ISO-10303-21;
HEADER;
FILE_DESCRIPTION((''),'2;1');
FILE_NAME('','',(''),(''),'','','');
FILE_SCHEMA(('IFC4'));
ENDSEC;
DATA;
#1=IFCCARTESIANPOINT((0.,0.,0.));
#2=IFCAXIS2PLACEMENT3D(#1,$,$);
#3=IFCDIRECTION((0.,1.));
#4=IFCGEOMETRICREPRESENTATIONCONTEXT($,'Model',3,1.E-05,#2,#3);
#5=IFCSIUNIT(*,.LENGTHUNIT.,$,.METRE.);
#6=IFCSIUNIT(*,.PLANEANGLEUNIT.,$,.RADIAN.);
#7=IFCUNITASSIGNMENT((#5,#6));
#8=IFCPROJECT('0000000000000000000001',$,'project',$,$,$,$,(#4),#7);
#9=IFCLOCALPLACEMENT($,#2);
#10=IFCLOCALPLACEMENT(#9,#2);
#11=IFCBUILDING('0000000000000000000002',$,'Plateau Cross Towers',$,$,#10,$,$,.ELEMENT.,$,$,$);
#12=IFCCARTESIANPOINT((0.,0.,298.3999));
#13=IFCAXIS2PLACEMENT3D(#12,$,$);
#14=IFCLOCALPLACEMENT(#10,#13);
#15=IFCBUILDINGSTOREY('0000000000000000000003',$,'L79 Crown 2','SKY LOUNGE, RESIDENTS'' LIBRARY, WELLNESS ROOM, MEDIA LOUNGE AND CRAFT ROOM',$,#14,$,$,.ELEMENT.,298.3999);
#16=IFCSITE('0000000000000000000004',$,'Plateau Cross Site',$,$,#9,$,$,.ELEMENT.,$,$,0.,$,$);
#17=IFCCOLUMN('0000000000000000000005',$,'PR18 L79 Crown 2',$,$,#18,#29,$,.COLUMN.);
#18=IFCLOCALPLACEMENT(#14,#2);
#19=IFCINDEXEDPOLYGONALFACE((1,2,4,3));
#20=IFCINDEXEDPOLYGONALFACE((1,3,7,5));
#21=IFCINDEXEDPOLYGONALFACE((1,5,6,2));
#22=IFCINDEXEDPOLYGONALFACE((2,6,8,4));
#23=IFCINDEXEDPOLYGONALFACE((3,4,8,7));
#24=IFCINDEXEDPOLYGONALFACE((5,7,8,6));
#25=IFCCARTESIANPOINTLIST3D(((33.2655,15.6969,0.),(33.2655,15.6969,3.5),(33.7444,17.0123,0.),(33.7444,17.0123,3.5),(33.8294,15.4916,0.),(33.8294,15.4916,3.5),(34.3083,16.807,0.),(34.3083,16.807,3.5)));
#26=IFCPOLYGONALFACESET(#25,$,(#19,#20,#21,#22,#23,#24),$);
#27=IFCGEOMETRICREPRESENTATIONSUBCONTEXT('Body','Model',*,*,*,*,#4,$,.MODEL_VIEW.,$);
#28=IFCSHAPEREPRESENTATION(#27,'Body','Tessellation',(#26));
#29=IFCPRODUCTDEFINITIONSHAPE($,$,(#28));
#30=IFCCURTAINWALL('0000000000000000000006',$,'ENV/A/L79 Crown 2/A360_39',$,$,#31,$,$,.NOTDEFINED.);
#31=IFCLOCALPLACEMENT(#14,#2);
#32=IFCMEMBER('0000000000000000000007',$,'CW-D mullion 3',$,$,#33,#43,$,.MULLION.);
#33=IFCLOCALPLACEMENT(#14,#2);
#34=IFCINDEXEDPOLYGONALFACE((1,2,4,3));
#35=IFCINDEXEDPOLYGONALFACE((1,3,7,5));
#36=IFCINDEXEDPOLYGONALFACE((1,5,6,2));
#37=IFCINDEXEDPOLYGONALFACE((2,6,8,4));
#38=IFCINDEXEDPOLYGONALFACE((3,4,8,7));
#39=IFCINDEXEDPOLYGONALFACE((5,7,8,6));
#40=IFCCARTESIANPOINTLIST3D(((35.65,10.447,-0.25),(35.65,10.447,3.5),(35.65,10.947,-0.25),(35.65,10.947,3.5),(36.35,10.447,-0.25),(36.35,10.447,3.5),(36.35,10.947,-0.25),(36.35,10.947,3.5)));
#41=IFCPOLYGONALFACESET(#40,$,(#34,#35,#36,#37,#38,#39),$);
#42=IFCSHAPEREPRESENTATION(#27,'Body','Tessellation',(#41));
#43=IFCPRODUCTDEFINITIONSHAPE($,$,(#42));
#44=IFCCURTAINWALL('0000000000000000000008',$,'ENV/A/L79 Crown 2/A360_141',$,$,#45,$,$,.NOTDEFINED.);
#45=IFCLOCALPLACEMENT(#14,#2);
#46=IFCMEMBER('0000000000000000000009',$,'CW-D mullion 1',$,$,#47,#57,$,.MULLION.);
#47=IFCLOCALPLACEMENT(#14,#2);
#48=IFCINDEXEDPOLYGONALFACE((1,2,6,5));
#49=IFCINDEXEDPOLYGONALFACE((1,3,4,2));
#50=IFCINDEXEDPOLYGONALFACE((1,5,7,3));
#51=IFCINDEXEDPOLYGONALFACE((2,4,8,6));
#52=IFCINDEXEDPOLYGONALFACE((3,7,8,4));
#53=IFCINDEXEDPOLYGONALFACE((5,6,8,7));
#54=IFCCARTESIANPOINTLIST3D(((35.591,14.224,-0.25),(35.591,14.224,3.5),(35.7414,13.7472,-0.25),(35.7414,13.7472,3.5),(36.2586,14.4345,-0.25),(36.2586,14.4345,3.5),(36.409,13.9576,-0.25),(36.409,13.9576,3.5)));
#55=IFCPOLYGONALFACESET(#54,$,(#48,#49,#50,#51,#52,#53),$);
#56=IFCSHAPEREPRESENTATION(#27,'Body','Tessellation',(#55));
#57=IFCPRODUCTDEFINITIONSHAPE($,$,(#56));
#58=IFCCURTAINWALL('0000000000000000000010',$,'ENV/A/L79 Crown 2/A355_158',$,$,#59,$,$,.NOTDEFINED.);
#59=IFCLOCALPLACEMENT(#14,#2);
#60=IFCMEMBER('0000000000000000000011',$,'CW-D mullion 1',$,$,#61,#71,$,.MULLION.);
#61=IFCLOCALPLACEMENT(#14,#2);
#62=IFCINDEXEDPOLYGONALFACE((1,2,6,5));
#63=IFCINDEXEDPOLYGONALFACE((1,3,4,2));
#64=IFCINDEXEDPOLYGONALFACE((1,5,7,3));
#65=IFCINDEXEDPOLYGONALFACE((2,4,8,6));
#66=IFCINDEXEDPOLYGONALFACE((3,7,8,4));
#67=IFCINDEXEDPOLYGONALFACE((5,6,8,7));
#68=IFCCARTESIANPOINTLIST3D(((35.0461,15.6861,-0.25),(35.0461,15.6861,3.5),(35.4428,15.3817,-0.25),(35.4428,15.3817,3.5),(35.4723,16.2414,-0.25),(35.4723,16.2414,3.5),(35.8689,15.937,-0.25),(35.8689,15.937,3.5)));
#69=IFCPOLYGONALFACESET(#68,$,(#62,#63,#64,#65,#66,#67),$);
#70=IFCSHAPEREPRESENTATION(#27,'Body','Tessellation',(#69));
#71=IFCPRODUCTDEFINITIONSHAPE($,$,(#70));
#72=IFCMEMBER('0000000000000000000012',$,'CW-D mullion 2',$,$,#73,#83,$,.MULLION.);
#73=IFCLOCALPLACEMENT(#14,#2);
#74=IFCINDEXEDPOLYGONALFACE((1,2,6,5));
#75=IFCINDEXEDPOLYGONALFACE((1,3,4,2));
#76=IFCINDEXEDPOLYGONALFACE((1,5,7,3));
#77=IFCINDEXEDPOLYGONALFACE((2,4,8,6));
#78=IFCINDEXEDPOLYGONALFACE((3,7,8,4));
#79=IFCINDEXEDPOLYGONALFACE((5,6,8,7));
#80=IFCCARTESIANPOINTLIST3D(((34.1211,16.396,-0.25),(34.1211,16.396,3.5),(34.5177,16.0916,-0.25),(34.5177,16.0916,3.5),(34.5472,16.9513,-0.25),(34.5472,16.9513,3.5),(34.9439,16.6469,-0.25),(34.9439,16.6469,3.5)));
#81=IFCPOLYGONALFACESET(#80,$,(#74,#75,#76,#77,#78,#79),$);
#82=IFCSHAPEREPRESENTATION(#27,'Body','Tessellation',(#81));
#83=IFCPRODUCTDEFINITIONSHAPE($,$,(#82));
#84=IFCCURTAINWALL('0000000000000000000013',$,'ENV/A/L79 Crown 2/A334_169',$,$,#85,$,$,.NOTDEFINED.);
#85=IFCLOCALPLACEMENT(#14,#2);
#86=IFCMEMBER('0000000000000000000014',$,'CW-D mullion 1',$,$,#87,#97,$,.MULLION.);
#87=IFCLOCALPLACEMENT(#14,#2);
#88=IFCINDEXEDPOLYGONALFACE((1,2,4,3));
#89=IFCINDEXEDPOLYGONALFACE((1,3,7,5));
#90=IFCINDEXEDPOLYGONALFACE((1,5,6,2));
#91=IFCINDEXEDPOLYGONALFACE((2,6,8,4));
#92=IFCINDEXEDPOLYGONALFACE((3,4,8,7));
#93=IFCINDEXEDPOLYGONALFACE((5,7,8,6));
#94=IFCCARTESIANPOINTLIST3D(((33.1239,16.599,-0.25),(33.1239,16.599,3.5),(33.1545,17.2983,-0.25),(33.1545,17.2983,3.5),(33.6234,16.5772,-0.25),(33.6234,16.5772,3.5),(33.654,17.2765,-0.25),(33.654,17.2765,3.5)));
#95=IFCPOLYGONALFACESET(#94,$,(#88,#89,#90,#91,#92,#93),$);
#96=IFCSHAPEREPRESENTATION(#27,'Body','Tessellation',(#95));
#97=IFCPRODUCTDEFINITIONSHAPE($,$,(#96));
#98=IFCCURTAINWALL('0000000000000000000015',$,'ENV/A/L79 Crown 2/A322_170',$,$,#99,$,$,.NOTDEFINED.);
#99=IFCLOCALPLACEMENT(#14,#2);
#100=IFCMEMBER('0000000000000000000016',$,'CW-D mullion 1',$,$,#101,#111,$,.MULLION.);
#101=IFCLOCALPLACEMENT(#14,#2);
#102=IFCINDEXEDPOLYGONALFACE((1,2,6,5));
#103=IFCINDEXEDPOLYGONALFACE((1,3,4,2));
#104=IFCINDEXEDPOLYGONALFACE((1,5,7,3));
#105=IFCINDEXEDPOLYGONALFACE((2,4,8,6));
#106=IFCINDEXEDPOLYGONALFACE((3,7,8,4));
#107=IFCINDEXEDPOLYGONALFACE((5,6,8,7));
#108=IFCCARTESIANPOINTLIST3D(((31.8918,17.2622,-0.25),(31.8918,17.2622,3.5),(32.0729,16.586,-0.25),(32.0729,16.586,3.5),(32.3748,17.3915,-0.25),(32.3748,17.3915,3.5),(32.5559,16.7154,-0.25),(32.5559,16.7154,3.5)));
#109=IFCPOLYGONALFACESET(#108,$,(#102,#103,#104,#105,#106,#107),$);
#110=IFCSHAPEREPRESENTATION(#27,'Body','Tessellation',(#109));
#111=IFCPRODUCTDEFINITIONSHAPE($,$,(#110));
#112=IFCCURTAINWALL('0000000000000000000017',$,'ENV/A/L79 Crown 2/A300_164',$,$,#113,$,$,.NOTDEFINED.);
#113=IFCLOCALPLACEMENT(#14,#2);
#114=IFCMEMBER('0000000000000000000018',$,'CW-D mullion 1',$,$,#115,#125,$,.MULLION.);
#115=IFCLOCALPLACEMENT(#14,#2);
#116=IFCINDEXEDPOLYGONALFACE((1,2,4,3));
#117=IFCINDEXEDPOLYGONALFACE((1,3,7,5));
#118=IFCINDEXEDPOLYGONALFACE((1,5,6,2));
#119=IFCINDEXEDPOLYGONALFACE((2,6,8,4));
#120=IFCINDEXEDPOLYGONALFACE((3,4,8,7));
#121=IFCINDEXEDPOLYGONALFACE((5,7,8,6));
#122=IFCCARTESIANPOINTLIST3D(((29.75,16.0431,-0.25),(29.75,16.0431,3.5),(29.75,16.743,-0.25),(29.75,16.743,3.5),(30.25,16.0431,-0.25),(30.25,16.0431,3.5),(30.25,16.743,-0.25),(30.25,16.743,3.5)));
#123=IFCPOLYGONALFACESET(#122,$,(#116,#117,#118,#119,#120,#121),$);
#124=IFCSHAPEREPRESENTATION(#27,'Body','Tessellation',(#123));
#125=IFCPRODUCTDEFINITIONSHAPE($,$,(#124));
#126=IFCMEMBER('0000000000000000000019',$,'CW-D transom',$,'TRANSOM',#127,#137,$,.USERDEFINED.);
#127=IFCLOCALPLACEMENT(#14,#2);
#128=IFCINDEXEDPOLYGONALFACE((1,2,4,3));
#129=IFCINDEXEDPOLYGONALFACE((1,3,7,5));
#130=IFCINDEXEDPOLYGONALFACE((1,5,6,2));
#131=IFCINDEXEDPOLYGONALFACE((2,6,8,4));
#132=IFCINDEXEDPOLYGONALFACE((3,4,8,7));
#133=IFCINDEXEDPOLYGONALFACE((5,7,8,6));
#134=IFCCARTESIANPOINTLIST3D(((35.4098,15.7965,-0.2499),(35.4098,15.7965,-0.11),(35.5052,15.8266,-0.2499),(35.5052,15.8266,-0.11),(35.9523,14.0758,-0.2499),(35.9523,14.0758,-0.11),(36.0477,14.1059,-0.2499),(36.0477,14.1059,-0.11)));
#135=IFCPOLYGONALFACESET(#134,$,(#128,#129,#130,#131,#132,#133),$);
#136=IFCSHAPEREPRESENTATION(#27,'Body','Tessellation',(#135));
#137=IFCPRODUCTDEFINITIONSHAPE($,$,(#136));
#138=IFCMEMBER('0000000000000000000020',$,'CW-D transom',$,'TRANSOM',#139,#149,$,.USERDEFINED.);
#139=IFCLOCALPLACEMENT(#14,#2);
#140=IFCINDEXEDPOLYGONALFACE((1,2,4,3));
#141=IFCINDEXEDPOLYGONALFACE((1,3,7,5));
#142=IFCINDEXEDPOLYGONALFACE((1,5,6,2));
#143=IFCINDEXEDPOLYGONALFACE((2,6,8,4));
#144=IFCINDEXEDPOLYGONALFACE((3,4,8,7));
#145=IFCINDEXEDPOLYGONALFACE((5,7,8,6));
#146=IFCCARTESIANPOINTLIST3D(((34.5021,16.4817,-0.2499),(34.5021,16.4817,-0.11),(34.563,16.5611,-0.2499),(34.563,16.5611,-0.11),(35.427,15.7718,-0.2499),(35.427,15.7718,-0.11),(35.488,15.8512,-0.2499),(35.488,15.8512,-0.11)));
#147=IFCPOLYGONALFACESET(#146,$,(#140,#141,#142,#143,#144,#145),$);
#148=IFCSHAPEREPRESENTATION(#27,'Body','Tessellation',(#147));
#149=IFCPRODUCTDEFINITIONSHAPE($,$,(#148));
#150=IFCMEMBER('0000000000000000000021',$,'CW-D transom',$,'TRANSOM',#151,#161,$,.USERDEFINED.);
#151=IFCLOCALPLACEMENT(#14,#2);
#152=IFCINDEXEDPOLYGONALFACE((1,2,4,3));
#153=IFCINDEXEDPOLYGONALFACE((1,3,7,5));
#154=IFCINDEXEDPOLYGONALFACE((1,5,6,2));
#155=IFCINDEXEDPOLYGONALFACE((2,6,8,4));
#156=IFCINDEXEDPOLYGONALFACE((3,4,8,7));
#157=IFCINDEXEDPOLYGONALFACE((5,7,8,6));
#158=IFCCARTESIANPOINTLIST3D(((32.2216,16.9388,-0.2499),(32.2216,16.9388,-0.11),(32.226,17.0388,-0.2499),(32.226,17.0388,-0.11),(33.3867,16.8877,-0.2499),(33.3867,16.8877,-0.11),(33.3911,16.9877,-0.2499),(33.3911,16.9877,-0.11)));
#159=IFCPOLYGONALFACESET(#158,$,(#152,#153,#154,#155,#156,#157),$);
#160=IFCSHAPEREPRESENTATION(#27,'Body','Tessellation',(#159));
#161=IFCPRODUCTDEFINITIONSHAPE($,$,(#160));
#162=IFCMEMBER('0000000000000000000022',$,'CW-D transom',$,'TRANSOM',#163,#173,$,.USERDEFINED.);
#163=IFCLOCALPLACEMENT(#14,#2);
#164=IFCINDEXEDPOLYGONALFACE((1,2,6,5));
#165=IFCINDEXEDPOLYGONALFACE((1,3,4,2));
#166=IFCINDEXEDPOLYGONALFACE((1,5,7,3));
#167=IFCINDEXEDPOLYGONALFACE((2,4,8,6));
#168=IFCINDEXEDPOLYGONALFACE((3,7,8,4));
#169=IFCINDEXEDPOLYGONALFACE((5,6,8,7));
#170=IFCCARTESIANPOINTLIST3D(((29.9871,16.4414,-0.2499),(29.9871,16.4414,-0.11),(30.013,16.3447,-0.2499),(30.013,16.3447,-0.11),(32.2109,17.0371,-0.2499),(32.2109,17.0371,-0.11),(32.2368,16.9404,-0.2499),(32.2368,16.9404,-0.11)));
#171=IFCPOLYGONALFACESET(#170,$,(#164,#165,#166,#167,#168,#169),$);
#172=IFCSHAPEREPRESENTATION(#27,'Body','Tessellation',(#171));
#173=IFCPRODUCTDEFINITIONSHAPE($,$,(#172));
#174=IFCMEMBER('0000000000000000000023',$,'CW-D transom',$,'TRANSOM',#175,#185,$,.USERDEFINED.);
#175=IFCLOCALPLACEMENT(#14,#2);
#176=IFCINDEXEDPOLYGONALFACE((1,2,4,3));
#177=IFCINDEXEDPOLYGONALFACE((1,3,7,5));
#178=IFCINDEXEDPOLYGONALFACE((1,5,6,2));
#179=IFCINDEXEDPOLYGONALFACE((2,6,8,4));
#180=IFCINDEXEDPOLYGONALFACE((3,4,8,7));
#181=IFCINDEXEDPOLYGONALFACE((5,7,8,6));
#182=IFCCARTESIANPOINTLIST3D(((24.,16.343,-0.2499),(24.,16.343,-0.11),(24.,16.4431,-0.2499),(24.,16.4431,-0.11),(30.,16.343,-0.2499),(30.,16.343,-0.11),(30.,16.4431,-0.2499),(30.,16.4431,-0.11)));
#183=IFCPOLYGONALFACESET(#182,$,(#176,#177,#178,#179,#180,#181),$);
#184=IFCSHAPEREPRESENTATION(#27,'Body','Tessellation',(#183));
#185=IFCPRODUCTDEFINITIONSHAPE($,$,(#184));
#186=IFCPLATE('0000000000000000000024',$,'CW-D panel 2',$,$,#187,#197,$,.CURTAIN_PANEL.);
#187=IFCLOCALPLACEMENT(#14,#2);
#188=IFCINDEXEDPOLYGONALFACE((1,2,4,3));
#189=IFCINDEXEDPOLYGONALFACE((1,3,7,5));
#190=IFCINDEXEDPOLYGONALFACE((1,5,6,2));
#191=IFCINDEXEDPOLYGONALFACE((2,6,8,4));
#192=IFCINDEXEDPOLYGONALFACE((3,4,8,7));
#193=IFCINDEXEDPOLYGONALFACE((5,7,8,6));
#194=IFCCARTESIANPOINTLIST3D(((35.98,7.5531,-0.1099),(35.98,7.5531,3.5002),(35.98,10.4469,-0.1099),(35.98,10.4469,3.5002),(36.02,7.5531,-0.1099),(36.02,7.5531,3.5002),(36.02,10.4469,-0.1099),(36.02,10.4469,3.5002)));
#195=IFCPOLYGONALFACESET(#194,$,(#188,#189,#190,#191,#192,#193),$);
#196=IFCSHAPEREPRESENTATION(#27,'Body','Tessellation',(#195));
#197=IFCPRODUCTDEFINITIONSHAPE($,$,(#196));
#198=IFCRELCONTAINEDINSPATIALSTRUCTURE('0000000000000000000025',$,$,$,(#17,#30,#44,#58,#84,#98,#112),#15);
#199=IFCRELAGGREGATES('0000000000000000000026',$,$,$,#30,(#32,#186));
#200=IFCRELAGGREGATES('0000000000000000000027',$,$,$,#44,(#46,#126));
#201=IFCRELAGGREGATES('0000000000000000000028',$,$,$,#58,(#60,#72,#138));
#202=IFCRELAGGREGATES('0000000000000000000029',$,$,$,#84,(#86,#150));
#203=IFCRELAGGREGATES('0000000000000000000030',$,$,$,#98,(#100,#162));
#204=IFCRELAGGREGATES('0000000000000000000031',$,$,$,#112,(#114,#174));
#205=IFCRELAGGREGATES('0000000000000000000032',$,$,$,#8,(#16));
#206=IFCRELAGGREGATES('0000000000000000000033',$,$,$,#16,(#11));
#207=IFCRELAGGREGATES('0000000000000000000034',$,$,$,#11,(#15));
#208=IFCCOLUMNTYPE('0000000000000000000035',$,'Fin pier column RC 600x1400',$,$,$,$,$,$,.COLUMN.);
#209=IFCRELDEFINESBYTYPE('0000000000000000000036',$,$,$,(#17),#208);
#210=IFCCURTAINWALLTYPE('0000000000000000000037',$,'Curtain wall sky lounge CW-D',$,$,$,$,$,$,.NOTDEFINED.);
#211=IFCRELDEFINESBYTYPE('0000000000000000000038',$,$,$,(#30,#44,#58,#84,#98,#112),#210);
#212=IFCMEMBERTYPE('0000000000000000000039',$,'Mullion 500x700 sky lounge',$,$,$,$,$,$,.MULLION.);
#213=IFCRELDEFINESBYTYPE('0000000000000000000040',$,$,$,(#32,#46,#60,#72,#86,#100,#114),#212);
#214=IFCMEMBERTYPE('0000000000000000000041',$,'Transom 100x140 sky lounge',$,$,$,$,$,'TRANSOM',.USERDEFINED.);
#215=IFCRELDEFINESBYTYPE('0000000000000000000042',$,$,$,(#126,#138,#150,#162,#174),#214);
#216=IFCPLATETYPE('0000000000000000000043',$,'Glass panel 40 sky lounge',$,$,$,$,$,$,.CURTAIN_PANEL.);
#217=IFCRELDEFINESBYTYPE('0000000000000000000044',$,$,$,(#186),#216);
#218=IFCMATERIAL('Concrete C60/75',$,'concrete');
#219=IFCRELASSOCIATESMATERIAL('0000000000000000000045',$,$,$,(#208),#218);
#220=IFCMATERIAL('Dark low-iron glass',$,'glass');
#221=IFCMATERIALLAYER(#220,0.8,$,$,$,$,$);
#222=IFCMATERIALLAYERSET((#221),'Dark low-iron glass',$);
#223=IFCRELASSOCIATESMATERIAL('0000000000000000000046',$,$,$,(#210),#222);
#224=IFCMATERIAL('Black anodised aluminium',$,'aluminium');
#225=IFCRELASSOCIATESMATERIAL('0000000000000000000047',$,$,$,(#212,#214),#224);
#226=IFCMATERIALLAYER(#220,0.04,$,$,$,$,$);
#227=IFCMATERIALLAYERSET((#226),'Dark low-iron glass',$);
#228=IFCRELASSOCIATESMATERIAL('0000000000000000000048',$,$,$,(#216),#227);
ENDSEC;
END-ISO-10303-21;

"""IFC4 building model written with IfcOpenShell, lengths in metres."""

from ifc_helpers import new_model, si_unit, direction, frame, origin, origin_2d, place, context, subcontext, project, spatial, rectangle, extrude, material, layer, layer_set, material_profile, profile_set, type_object, element, aggregate, save


model = new_model("IFC4")

# Units and contexts
model_context = context("Model", 3, precision=1e-05, world=origin(), true_north=direction((0.0, 1.0)))
body_context = subcontext(model_context, "Body", "Model", "MODEL_VIEW")
ifc_project = project(units=[si_unit("LENGTHUNIT", "METRE"), si_unit("PLANEANGLEUNIT", "RADIAN")], contexts=[model_context])

# Site, building, storey
site_placement = place(None, origin())
site = spatial("IfcSite", under=ifc_project, at=site_placement, Name="Plateau Cross Site", CompositionType="ELEMENT", RefElevation=0.0)
building_placement = place(site_placement, origin())
building = spatial("IfcBuilding", under=site, at=building_placement, Name="Plateau Cross Towers", CompositionType="ELEMENT")
storey_placement = place(building_placement, frame((0.0, 0.0, 298.3999)))
storey = spatial("IfcBuildingStorey", under=building, at=storey_placement, Name="L79 Crown 2", Description="SKY LOUNGE, RESIDENTS' LIBRARY, WELLNESS ROOM, MEDIA LOUNGE AND CRAFT ROOM", CompositionType="ELEMENT", Elevation=298.3999)

# Column
ifc_material_1 = material(Name="Concrete C60/75", Category="concrete")
ifc_material_profile_1 = material_profile(ifc_material_1, rectangle(XDim=0.6001, YDim=1.3999, at=origin_2d()), Name="RC 600x1400")
ifc_profile_set_1 = profile_set([ifc_material_profile_1], Name="Concrete C60/75")
column_type = type_object("IfcColumnType", Name="Fin pier column RC 600x1400", PredefinedType="COLUMN", material=ifc_profile_set_1)
column_placement = place(storey_placement, frame((33.7869, 16.252, 0.0), z_axis=(0.0, 0.0, 1.0), x_axis=(-0.939664, 0.342098, 0.0)))
element("IfcColumn", 1, at=column_placement, inside=storey, type_object=column_type, Name="PR18 L79 Crown 2", PredefinedType="COLUMN", context=body_context, shape_type="SweptSolid", body=[
    extrude(rectangle(XDim=0.6001, YDim=1.3999, at=origin_2d()), origin(), (0.0, 0.0, 1.0), 3.5),
])

# Curtain walls, members
ifc_material_2 = material(Name="Dark low-iron glass", Category="glass")
ifc_layer_1 = layer(ifc_material_2, 0.8)
ifc_layer_set_1 = layer_set([ifc_layer_1], Name="Dark low-iron glass")
curtain_wall_type = type_object("IfcCurtainWallType", Name="Curtain wall sky lounge CW-D", PredefinedType="NOTDEFINED", material=ifc_layer_set_1)
curtain_wall_1_placement = place(storey_placement, origin())
curtain_wall_1 = element("IfcCurtainWall", 2, at=curtain_wall_1_placement, inside=storey, type_object=curtain_wall_type, Name="ENV/A/L79 Crown 2/A360_39", PredefinedType="NOTDEFINED")
ifc_material_3 = material(Name="Black anodised aluminium", Category="aluminium")
ifc_material_profile_2 = material_profile(ifc_material_3, rectangle(XDim=0.5, YDim=0.7, at=origin_2d()), Name="MULLION 500x700")
ifc_profile_set_2 = profile_set([ifc_material_profile_2], Name="Black anodised aluminium")
member_type_1 = type_object("IfcMemberType", Name="Mullion 500x700 sky lounge", PredefinedType="MULLION", material=ifc_profile_set_2)
member_1_placement = place(storey_placement, frame((36.0, 10.697, -0.25), z_axis=(0.0, 0.0, 1.0), x_axis=(0.0, 1.0, 0.0)))
member_1 = element("IfcMember", 3, at=member_1_placement, type_object=member_type_1, Name="CW-D mullion 3", PredefinedType="MULLION", context=body_context, shape_type="SweptSolid", body=[
    extrude(rectangle(XDim=0.5, YDim=0.7, at=origin_2d()), origin(), (0.0, 0.0, 1.0), 3.75),
])
curtain_wall_2_placement = place(storey_placement, origin())
curtain_wall_2 = element("IfcCurtainWall", 4, at=curtain_wall_2_placement, inside=storey, type_object=curtain_wall_type, Name="ENV/A/L79 Crown 2/A360_141", PredefinedType="NOTDEFINED")
member_2_placement = place(storey_placement, frame((36.0, 14.0908, -0.25), z_axis=(0.0, 0.0, 1.0), x_axis=(-0.300686, 0.953723, 0.0)))
member_2 = element("IfcMember", 5, at=member_2_placement, type_object=member_type_1, Name="CW-D mullion 1", PredefinedType="MULLION", context=body_context, shape_type="SweptSolid", body=[
    extrude(rectangle(XDim=0.5, YDim=0.7, at=origin_2d()), origin(), (0.0, 0.0, 1.0), 3.75),
])

# Curtain wall, members
curtain_wall_3_placement = place(storey_placement, origin())
curtain_wall_3 = element("IfcCurtainWall", 6, at=curtain_wall_3_placement, inside=storey, type_object=curtain_wall_type, Name="ENV/A/L79 Crown 2/A355_158", PredefinedType="NOTDEFINED")
member_3_placement = place(storey_placement, frame((35.4575, 15.8115, -0.25), z_axis=(0.0, 0.0, 1.0), x_axis=(-0.793316, 0.608811, 0.0)))
member_3 = element("IfcMember", 7, at=member_3_placement, type_object=member_type_1, Name="CW-D mullion 1", PredefinedType="MULLION", context=body_context, shape_type="SweptSolid", body=[
    extrude(rectangle(XDim=0.5, YDim=0.7, at=origin_2d()), origin(), (0.0, 0.0, 1.0), 3.75),
])
member_4_placement = place(storey_placement, frame((34.5325, 16.5215, -0.25), z_axis=(0.0, 0.0, 1.0), x_axis=(-0.793316, 0.608811, 0.0)))
member_4 = element("IfcMember", 8, at=member_4_placement, type_object=member_type_1, Name="CW-D mullion 2", PredefinedType="MULLION", context=body_context, shape_type="SweptSolid", body=[
    extrude(rectangle(XDim=0.5, YDim=0.7, at=origin_2d()), origin(), (0.0, 0.0, 1.0), 3.75),
])

# Curtain walls, members
curtain_wall_4_placement = place(storey_placement, origin())
curtain_wall_4 = element("IfcCurtainWall", 9, at=curtain_wall_4_placement, inside=storey, type_object=curtain_wall_type, Name="ENV/A/L79 Crown 2/A334_169", PredefinedType="NOTDEFINED")
member_5_placement = place(storey_placement, frame((33.3889, 16.9377, -0.25), z_axis=(0.0, 0.0, 1.0), x_axis=(-0.999044, 0.043723, 0.0)))
member_5 = element("IfcMember", 10, at=member_5_placement, type_object=member_type_1, Name="CW-D mullion 1", PredefinedType="MULLION", context=body_context, shape_type="SweptSolid", body=[
    extrude(rectangle(XDim=0.5, YDim=0.7, at=origin_2d()), origin(), (0.0, 0.0, 1.0), 3.75),
])
curtain_wall_5_placement = place(storey_placement, origin())
curtain_wall_5 = element("IfcCurtainWall", 11, at=curtain_wall_5_placement, inside=storey, type_object=curtain_wall_type, Name="ENV/A/L79 Crown 2/A322_170", PredefinedType="NOTDEFINED")
member_6_placement = place(storey_placement, frame((32.2239, 16.9888, -0.25), z_axis=(0.0, 0.0, 1.0), x_axis=(-0.965958, -0.258699, 0.0)))
member_6 = element("IfcMember", 12, at=member_6_placement, type_object=member_type_1, Name="CW-D mullion 1", PredefinedType="MULLION", context=body_context, shape_type="SweptSolid", body=[
    extrude(rectangle(XDim=0.5, YDim=0.7, at=origin_2d()), origin(), (0.0, 0.0, 1.0), 3.75),
])
curtain_wall_6_placement = place(storey_placement, origin())
curtain_wall_6 = element("IfcCurtainWall", 13, at=curtain_wall_6_placement, inside=storey, type_object=curtain_wall_type, Name="ENV/A/L79 Crown 2/A300_164", PredefinedType="NOTDEFINED")
member_7_placement = place(storey_placement, frame((30.0, 16.3931, -0.25), z_axis=(0.0, 0.0, 1.0), x_axis=(-1.0, 0.0, 0.0)))
member_7 = element("IfcMember", 14, at=member_7_placement, type_object=member_type_1, Name="CW-D mullion 1", PredefinedType="MULLION", context=body_context, shape_type="SweptSolid", body=[
    extrude(rectangle(XDim=0.5, YDim=0.7, at=origin_2d()), origin(), (0.0, 0.0, 1.0), 3.75),
])

# Members
ifc_material_profile_3 = material_profile(ifc_material_3, rectangle(XDim=0.1001, YDim=0.1399, at=origin_2d()), Name="TRANSOM 100x140")
ifc_profile_set_3 = profile_set([ifc_material_profile_3], Name="Black anodised aluminium")
member_type_2 = type_object("IfcMemberType", Name="Transom 100x140 sky lounge", ElementType="TRANSOM", PredefinedType="USERDEFINED", material=ifc_profile_set_3)
member_8_placement = place(storey_placement, frame((36.0, 14.0908, -0.1799), z_axis=(-0.300678, 0.953726, 0.0), x_axis=(-0.953726, -0.300678, 0.0)))
member_8 = element("IfcMember", 15, at=member_8_placement, type_object=member_type_2, Name="CW-D transom", ObjectType="TRANSOM", PredefinedType="USERDEFINED", context=body_context, shape_type="SweptSolid", body=[
    extrude(rectangle(XDim=0.1001, YDim=0.1399, at=origin_2d()), origin(), (0.0, 0.0, 1.0), 1.8042),
])
member_9_placement = place(storey_placement, frame((35.4575, 15.8115, -0.1799), z_axis=(-0.793293, 0.60884, 0.0), x_axis=(-0.60884, -0.793293, 0.0)))
member_9 = element("IfcMember", 16, at=member_9_placement, type_object=member_type_2, Name="CW-D transom", ObjectType="TRANSOM", PredefinedType="USERDEFINED", context=body_context, shape_type="SweptSolid", body=[
    extrude(rectangle(XDim=0.1001, YDim=0.1399, at=origin_2d()), origin(), (0.0, 0.0, 1.0), 1.166),
])
member_10_placement = place(storey_placement, frame((33.3889, 16.9377, -0.1799), z_axis=(-0.999042, 0.043755, 0.0), x_axis=(-0.043755, -0.999042, 0.0)))
member_10 = element("IfcMember", 17, at=member_10_placement, type_object=member_type_2, Name="CW-D transom", ObjectType="TRANSOM", PredefinedType="USERDEFINED", context=body_context, shape_type="SweptSolid", body=[
    extrude(rectangle(XDim=0.1001, YDim=0.1399, at=origin_2d()), origin(), (0.0, 0.0, 1.0), 1.1663),
])
member_11_placement = place(storey_placement, frame((32.2239, 16.9888, -0.1799), z_axis=(-0.965946, -0.258745, 0.0), x_axis=(0.258745, -0.965946, 0.0)))
member_11 = element("IfcMember", 18, at=member_11_placement, type_object=member_type_2, Name="CW-D transom", ObjectType="TRANSOM", PredefinedType="USERDEFINED", context=body_context, shape_type="SweptSolid", body=[
    extrude(rectangle(XDim=0.1001, YDim=0.1399, at=origin_2d()), origin(), (0.0, 0.0, 1.0), 2.3022),
])
member_12_placement = place(storey_placement, frame((30.0, 16.3931, -0.1799), z_axis=(-1.0, 0.0, 0.0), x_axis=(0.0, -1.0, 0.0)))
member_12 = element("IfcMember", 19, at=member_12_placement, type_object=member_type_2, Name="CW-D transom", ObjectType="TRANSOM", PredefinedType="USERDEFINED", context=body_context, shape_type="SweptSolid", body=[
    extrude(rectangle(XDim=0.1001, YDim=0.1399, at=origin_2d()), origin(), (0.0, 0.0, 1.0), 6.0),
])

# Plate
ifc_layer_2 = layer(ifc_material_2, 0.04)
ifc_layer_set_2 = layer_set([ifc_layer_2], Name="Dark low-iron glass")
plate_type = type_object("IfcPlateType", Name="Glass panel 40 sky lounge", PredefinedType="CURTAIN_PANEL", material=ifc_layer_set_2)
plate_1_placement = place(storey_placement, frame((36.0, 9.0, -0.1099), z_axis=(0.0, 0.0, 1.0), x_axis=(0.0, 1.0, 0.0)))
plate_1 = element("IfcPlate", 20, at=plate_1_placement, type_object=plate_type, Name="CW-D panel 2", PredefinedType="CURTAIN_PANEL", context=body_context, shape_type="SweptSolid", body=[
    extrude(rectangle(XDim=2.8938, YDim=0.04, at=origin_2d()), origin(), (0.0, 0.0, 1.0), 3.6101),
])
aggregate(curtain_wall_1, [member_1, plate_1])
aggregate(curtain_wall_2, [member_2, member_8])
aggregate(curtain_wall_3, [member_3, member_4, member_9])
aggregate(curtain_wall_4, [member_5, member_10])
aggregate(curtain_wall_5, [member_6, member_11])
aggregate(curtain_wall_6, [member_7, member_12])

save(model, "model.ifc")
